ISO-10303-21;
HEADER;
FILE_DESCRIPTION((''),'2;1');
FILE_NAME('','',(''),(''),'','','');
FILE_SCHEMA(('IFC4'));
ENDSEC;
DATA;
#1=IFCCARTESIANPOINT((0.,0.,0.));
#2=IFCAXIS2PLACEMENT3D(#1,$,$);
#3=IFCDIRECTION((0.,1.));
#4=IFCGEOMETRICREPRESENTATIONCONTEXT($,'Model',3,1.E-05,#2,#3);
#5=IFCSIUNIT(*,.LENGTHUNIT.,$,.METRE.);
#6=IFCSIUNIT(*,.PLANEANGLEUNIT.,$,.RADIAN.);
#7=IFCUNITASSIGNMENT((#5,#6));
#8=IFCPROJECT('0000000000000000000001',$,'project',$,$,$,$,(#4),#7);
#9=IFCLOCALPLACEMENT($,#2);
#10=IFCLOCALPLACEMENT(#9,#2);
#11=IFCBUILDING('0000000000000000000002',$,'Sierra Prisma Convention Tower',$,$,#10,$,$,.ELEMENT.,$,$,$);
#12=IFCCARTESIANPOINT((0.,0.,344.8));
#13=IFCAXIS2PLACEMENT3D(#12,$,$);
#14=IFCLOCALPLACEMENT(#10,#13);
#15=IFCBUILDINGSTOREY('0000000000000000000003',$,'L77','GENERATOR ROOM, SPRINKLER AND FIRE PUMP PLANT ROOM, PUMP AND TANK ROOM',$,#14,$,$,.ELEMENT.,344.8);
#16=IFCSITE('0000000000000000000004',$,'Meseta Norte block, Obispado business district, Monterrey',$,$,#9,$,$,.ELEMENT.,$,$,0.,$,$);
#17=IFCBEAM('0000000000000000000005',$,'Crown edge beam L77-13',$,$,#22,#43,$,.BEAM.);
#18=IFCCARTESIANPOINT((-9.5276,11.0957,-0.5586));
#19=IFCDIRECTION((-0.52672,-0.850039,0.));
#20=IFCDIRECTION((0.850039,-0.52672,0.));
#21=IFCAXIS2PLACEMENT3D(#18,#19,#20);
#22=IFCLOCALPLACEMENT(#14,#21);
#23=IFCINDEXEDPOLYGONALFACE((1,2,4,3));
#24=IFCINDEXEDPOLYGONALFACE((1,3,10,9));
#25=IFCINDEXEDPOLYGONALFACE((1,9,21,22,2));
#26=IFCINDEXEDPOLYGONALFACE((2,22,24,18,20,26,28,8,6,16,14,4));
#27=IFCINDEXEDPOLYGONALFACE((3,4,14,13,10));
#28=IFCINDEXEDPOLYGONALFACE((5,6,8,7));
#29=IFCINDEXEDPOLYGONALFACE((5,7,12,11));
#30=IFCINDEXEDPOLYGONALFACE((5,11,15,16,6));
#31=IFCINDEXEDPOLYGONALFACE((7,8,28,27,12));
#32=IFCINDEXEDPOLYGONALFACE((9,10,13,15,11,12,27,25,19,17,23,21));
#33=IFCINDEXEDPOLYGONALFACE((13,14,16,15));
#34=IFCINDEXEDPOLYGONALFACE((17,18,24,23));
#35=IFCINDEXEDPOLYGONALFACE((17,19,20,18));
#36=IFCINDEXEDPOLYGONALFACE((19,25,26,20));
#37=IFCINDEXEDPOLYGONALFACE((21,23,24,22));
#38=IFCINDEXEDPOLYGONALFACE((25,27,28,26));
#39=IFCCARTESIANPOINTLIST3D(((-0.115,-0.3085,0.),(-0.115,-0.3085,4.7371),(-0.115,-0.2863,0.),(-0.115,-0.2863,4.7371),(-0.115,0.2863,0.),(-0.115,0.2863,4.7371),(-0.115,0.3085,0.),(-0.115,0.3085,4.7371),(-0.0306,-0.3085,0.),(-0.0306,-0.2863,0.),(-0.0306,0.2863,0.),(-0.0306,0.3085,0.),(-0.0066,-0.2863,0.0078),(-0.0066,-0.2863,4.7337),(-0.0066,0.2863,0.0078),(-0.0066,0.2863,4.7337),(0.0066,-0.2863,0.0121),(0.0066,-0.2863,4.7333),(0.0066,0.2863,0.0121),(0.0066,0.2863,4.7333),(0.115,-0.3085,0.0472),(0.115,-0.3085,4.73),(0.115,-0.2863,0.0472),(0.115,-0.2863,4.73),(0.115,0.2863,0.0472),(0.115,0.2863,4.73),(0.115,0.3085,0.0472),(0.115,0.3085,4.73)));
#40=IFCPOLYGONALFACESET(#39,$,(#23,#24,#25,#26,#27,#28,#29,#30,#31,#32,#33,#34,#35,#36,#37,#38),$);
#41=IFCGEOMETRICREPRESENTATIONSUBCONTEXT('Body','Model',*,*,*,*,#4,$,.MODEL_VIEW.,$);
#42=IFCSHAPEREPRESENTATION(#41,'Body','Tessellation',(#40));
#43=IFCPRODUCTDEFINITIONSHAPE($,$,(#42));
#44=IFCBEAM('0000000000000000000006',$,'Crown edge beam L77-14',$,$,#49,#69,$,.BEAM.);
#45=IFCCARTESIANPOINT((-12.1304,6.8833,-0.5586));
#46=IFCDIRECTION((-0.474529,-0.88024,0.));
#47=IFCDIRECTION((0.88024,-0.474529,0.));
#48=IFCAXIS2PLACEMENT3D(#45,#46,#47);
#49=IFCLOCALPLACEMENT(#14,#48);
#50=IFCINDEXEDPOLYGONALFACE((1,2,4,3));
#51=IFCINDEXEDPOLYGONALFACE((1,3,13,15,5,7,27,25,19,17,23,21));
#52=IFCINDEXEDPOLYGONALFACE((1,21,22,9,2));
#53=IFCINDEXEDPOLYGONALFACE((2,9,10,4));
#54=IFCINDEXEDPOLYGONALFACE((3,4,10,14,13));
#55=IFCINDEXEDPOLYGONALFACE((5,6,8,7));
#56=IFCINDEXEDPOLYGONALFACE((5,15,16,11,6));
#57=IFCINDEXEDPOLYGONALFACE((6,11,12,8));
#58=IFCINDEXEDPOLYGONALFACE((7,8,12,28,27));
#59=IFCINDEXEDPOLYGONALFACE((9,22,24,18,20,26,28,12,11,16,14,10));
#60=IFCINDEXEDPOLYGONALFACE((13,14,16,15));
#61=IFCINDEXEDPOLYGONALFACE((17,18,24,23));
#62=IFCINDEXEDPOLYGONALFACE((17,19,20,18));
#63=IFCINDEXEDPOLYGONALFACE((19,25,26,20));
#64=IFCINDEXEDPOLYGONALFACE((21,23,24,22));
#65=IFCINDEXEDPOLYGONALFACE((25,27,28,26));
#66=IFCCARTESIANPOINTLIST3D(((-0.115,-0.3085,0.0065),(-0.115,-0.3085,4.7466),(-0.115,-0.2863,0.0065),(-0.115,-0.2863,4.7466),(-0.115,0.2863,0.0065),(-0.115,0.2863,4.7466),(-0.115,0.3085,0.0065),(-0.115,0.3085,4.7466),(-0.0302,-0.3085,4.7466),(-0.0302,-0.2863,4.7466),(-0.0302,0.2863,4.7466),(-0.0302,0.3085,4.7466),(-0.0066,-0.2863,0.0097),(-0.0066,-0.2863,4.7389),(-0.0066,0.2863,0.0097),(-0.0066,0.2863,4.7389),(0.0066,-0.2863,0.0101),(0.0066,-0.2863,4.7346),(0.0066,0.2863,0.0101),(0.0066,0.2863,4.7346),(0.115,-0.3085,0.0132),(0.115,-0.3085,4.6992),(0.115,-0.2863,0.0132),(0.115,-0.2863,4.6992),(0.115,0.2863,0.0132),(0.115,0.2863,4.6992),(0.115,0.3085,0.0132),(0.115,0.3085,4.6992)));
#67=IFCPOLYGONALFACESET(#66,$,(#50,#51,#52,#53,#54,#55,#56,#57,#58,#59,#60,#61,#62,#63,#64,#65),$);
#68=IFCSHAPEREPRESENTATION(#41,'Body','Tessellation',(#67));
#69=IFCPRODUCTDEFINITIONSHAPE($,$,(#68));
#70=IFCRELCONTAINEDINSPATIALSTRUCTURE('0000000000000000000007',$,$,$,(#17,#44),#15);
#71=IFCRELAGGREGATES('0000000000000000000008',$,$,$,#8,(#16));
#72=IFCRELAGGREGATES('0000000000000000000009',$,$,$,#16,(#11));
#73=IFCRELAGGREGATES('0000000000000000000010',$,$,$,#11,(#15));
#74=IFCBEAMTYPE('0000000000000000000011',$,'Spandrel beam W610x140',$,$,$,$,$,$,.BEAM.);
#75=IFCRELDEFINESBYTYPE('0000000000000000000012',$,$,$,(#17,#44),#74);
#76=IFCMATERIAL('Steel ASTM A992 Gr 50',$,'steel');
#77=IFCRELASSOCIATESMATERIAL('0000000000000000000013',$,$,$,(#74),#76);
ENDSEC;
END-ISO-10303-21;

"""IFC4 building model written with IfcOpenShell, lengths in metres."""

from ifc_helpers import new_model, si_unit, direction, frame, origin, origin_2d, place, context, subcontext, project, spatial, i_section, extrude, clip, halfspace, material, material_profile, profile_set, type_object, element, save


model = new_model("IFC4")

# Units and contexts
model_context = context("Model", 3, precision=1e-05, world=origin(), true_north=direction((0.0, 1.0)))
body_context = subcontext(model_context, "Body", "Model", "MODEL_VIEW")
ifc_project = project(units=[si_unit("LENGTHUNIT", "METRE"), si_unit("PLANEANGLEUNIT", "RADIAN")], contexts=[model_context])

# Site, building, storey
site_placement = place(None, origin())
site = spatial("IfcSite", under=ifc_project, at=site_placement, Name="Meseta Norte block, Obispado business district, Monterrey", CompositionType="ELEMENT", RefElevation=0.0)
building_placement = place(site_placement, origin())
building = spatial("IfcBuilding", under=site, at=building_placement, Name="Sierra Prisma Convention Tower", CompositionType="ELEMENT")
storey_placement = place(building_placement, frame((0.0, 0.0, 344.8)))
storey = spatial("IfcBuildingStorey", under=building, at=storey_placement, Name="L77", Description="GENERATOR ROOM, SPRINKLER AND FIRE PUMP PLANT ROOM, PUMP AND TANK ROOM", CompositionType="ELEMENT", Elevation=344.8)

# Beams
ifc_material_1 = material(Name="Steel ASTM A992 Gr 50", Category="steel")
ifc_material_profile_1 = material_profile(ifc_material_1, i_section(OverallWidth=0.23, OverallDepth=0.6169, WebThickness=0.0132, FlangeThickness=0.0222, at=origin_2d()), Name="W610x140")
ifc_profile_set_1 = profile_set([ifc_material_profile_1], Name="Steel ASTM A992 Gr 50")
beam_type_1 = type_object("IfcBeamType", Name="Spandrel beam W610x140", PredefinedType="BEAM", material=ifc_profile_set_1)
beam_1_placement = place(storey_placement, frame((-9.5276, 11.0957, -0.5586), z_axis=(-0.52672, -0.850039, 0.0), x_axis=(0.850039, -0.52672, 0.0)))
element("IfcBeam", 1, at=beam_1_placement, inside=storey, type_object=beam_type_1, Name="Crown edge beam L77-13", PredefinedType="BEAM", context=body_context, shape_type="SweptSolid", body=[
    clip(clip(extrude(i_section(OverallWidth=0.23, OverallDepth=0.6169, WebThickness=0.0132, FlangeThickness=0.0222, at=origin_2d()), origin(), (0.0, 0.0, 1.0), 4.7437), halfspace(frame((-0.0352, 0.0, -0.0015), z_axis=(-0.308578, 0.0, 0.951199), x_axis=(0.951199, 0.0, 0.308578)), True)), halfspace(frame((-0.0034, 0.0, 4.7336), z_axis=(-0.031133, 0.0, -0.999515), x_axis=(0.999515, 0.0, -0.031133)), True)),
])
beam_2_placement = place(storey_placement, frame((-12.1304, 6.8833, -0.5586), z_axis=(-0.474529, -0.88024, 0.0), x_axis=(0.88024, -0.474529, 0.0)))
element("IfcBeam", 2, at=beam_2_placement, inside=storey, type_object=beam_type_1, Name="Crown edge beam L77-14", PredefinedType="BEAM", context=body_context, shape_type="SweptSolid", body=[
    clip(clip(extrude(i_section(OverallWidth=0.23, OverallDepth=0.6169, WebThickness=0.0132, FlangeThickness=0.0222, at=origin_2d()), origin(), (0.0, 0.0, 1.0), 4.7466), halfspace(frame((-0.0034, 0.0, 0.0098), z_axis=(-0.029166, 0.0, 0.999575), x_axis=(0.999575, 0.0, 0.029166)), True)), halfspace(frame((-0.0354, 0.0, 4.7483), z_axis=(-0.310449, 0.0, -0.95059), x_axis=(0.95059, 0.0, -0.310449)), True)),
])

save(model, "model.ifc")
